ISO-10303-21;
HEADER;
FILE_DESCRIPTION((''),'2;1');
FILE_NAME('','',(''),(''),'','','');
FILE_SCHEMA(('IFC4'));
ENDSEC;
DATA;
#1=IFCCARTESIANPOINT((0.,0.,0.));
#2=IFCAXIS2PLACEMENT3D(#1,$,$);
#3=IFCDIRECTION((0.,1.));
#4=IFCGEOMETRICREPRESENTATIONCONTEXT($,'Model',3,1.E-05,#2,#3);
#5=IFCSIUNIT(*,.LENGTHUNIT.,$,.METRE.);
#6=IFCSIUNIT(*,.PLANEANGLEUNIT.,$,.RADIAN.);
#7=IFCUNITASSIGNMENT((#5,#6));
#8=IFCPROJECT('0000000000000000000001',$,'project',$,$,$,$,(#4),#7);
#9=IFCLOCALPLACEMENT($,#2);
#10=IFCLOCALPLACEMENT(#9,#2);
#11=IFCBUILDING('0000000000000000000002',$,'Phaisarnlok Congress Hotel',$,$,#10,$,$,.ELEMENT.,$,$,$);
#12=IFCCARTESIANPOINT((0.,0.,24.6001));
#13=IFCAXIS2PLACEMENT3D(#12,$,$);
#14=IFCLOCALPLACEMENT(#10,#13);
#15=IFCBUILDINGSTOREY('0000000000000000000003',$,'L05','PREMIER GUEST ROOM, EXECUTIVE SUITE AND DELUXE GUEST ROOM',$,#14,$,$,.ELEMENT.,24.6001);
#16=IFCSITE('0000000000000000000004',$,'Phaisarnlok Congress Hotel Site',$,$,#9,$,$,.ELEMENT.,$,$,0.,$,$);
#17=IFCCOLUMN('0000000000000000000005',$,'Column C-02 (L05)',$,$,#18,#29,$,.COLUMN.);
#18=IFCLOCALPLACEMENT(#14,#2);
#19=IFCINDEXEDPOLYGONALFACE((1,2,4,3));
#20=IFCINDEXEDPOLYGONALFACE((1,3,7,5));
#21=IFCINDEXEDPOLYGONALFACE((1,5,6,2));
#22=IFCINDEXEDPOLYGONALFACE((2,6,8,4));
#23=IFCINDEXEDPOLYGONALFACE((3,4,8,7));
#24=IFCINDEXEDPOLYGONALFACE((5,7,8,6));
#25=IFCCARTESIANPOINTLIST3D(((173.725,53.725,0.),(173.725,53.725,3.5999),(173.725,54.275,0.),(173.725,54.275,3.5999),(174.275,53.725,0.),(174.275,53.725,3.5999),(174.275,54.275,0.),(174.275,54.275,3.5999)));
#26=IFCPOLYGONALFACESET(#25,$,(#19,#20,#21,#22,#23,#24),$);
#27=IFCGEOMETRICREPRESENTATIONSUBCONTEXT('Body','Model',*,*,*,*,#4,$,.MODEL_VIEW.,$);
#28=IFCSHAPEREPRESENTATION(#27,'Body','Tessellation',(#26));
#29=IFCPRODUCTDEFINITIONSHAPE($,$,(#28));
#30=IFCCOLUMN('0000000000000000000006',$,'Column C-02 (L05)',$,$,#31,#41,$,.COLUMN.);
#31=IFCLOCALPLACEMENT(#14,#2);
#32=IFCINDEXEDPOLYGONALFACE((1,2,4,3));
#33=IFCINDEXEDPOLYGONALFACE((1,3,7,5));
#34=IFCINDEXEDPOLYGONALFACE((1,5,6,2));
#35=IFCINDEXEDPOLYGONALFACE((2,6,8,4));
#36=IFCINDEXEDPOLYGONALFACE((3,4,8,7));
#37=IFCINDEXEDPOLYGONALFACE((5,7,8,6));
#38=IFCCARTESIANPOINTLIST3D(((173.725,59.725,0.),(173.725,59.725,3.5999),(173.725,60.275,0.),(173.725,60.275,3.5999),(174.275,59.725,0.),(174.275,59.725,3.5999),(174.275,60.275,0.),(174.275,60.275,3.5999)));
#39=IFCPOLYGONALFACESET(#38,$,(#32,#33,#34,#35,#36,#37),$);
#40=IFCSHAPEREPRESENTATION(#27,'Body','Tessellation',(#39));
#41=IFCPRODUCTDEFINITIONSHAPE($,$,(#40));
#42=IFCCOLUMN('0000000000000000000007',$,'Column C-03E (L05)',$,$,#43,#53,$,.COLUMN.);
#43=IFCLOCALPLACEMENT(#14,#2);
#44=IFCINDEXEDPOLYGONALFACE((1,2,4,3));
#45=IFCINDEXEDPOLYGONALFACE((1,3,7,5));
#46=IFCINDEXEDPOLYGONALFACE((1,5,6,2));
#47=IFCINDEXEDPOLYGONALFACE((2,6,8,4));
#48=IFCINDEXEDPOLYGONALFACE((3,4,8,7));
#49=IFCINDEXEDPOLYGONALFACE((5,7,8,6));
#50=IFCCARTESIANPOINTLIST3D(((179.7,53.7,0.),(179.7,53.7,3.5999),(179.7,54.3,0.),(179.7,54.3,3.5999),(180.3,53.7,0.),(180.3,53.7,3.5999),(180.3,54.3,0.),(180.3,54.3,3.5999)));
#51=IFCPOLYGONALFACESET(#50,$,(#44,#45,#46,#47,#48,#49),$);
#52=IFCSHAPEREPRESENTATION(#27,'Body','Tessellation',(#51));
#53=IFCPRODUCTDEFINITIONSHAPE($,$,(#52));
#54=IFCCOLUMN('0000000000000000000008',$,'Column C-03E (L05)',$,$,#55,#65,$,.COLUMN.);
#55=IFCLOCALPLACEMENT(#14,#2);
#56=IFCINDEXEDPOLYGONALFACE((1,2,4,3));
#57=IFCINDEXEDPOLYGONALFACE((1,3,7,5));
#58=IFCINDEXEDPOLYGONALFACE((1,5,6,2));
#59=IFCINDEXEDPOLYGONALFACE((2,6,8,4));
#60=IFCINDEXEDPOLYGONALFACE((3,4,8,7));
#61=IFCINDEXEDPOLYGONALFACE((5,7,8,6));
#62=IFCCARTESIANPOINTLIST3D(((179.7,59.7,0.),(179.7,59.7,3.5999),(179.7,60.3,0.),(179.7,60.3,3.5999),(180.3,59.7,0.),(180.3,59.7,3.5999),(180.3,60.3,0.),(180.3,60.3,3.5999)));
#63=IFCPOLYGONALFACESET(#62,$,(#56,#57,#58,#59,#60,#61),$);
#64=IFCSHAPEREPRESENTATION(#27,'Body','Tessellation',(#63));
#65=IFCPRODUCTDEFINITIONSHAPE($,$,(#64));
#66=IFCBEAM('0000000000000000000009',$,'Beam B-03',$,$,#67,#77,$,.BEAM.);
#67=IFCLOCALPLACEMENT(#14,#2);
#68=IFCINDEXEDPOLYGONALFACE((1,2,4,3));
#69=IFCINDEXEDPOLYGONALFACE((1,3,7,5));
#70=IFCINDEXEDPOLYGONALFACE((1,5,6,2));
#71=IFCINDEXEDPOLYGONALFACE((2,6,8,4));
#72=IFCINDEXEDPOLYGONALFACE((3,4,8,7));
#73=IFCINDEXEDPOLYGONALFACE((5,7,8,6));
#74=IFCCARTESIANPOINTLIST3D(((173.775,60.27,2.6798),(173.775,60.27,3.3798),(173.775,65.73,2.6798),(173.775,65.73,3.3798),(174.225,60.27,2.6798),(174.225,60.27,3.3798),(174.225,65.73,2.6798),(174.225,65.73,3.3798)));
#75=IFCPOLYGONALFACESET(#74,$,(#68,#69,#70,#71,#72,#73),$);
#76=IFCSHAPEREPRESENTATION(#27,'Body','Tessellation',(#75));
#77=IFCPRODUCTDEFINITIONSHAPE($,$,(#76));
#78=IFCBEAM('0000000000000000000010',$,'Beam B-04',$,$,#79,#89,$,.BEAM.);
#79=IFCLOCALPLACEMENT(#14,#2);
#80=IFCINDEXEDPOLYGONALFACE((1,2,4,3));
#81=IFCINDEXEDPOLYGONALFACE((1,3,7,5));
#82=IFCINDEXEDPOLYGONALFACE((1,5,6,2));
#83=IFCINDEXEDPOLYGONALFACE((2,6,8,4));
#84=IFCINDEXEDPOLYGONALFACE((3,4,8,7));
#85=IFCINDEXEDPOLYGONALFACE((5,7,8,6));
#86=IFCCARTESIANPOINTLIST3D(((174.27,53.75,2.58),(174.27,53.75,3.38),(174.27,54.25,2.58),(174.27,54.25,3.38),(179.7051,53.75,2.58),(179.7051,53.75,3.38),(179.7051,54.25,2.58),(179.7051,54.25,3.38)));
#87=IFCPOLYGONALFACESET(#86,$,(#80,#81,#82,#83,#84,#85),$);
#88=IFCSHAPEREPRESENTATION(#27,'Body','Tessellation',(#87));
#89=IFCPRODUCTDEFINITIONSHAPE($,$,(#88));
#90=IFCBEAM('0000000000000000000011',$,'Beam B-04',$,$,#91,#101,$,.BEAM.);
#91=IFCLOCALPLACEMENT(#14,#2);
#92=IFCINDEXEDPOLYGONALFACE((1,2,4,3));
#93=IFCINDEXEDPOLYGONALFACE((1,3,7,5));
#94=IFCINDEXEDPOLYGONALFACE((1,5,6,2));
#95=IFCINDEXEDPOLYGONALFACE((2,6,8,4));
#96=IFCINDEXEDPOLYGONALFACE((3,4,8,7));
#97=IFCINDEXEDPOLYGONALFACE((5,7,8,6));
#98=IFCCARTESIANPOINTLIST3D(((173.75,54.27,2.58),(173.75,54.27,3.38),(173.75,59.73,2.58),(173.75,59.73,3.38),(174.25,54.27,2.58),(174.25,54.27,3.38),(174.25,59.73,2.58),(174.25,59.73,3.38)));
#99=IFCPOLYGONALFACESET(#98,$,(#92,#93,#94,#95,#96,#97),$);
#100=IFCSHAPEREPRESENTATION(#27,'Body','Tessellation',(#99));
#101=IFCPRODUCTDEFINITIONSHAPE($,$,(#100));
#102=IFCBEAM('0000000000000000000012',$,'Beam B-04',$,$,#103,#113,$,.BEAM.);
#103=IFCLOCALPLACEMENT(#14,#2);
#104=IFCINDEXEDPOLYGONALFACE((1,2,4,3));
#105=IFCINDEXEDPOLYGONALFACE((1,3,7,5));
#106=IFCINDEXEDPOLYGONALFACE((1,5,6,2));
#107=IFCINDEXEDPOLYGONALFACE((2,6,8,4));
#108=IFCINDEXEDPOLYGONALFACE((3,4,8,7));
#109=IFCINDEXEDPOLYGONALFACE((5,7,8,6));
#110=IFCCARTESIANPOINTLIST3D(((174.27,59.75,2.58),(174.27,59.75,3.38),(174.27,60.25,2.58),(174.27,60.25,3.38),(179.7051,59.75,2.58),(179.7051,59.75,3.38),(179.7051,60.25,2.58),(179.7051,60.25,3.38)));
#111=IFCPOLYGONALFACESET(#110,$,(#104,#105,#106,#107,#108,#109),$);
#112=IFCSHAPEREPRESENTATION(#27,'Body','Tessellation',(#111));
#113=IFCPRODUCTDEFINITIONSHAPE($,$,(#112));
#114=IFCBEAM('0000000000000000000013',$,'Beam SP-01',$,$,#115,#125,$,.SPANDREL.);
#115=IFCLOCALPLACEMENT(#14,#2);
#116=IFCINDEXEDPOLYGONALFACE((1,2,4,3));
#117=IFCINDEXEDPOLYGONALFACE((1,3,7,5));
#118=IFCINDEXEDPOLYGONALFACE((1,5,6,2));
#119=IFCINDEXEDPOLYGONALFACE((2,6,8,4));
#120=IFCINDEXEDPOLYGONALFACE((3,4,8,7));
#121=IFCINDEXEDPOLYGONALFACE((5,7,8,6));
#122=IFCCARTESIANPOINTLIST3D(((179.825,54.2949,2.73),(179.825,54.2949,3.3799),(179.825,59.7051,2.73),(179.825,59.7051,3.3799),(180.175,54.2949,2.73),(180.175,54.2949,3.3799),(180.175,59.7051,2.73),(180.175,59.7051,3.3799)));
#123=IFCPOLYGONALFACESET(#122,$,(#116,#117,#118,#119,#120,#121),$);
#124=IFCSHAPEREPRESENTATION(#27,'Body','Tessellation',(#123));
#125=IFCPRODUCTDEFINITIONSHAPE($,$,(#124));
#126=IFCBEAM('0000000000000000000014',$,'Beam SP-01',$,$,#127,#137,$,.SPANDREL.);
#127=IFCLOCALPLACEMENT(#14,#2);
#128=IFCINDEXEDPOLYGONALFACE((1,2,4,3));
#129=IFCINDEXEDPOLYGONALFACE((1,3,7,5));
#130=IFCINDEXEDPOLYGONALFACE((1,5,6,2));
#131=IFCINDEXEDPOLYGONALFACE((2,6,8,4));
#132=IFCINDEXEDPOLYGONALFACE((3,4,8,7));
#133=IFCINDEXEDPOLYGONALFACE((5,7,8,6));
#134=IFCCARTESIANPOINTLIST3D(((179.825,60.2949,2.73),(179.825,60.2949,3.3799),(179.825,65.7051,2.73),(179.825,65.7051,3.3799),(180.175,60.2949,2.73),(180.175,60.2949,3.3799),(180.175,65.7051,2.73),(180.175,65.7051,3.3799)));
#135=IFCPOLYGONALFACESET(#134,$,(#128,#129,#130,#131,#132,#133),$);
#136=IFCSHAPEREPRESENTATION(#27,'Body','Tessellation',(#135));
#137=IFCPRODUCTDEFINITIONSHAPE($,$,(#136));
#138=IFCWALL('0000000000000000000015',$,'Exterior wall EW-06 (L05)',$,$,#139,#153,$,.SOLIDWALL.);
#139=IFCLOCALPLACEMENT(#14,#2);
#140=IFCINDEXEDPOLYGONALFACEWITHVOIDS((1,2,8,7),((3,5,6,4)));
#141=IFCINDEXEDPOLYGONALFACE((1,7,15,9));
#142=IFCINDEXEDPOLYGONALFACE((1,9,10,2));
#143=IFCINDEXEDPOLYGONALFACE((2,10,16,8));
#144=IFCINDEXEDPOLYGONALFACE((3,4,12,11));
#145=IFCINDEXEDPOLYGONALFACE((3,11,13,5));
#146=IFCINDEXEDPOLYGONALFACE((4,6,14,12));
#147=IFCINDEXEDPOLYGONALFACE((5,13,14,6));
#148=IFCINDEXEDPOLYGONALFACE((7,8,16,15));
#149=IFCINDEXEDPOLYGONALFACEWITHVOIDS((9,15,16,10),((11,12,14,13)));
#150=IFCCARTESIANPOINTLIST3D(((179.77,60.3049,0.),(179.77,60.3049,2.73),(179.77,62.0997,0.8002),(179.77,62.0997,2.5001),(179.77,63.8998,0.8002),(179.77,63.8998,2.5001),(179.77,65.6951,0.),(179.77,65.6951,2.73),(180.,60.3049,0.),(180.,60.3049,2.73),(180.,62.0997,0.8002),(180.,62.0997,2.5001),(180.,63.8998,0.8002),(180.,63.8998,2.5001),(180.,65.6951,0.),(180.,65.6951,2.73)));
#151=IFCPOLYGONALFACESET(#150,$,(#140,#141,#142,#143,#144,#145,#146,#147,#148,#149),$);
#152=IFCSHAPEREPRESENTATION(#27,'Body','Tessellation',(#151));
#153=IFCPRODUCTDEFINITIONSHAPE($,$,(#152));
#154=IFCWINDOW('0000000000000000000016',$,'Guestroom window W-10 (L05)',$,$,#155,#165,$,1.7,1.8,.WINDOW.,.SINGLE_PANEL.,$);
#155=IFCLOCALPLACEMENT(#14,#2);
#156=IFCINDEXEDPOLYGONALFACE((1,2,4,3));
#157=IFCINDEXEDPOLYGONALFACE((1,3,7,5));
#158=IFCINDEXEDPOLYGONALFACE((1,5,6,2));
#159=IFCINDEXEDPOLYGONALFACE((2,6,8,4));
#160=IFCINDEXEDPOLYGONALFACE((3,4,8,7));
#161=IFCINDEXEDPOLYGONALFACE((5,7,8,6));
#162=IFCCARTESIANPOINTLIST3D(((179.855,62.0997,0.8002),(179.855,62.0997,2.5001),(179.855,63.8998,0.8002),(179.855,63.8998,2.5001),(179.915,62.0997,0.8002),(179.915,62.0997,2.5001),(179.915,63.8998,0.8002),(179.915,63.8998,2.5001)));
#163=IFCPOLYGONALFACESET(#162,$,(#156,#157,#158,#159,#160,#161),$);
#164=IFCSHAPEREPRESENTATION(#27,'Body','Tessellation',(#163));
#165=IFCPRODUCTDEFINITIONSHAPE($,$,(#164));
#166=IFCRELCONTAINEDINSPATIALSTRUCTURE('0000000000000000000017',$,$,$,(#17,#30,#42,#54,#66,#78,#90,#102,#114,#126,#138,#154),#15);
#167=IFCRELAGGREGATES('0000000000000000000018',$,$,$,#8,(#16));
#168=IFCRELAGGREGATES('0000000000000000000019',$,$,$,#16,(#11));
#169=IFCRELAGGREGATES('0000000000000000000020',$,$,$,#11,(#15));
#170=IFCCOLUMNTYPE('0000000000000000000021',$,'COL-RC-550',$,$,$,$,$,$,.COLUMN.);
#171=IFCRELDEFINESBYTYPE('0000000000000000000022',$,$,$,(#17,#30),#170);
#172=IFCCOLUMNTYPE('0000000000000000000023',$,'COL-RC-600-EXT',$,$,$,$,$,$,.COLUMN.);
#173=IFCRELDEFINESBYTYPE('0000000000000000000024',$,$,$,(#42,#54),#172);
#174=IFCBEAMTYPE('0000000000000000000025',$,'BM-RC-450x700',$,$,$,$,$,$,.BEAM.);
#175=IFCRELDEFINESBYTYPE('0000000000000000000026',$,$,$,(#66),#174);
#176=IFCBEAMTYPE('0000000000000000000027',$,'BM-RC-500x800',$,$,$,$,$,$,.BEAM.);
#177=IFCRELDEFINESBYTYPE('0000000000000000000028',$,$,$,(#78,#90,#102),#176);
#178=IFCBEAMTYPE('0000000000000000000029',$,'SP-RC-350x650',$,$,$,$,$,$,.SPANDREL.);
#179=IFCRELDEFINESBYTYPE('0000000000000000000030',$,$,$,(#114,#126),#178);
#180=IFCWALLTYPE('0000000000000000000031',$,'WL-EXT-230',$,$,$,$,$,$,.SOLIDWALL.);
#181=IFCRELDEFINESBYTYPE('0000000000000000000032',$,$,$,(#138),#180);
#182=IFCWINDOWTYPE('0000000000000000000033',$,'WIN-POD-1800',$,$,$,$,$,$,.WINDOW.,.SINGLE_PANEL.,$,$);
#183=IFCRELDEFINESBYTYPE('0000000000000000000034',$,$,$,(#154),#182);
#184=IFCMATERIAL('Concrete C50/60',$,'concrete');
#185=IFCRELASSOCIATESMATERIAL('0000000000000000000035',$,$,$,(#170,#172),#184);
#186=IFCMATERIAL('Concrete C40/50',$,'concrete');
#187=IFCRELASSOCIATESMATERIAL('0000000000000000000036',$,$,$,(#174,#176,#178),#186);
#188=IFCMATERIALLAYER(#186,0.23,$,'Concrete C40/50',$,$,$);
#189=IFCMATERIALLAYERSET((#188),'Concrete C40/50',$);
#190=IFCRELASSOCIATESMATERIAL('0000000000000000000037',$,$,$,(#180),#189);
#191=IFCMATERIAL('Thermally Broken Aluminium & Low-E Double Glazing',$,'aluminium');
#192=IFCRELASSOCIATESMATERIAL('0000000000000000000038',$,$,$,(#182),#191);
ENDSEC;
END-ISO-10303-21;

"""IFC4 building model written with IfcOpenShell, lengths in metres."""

from ifc_helpers import new_model, si_unit, direction, frame, frame_2d, origin, origin_2d, place, context, subcontext, project, spatial, rectangle, extrude, material, layer, layer_set, material_profile, profile_set, type_object, element, fill, save


model = new_model("IFC4")

# Units and contexts
model_context = context("Model", 3, precision=1e-05, world=origin(), true_north=direction((0.0, 1.0)))
body_context = subcontext(model_context, "Body", "Model", "MODEL_VIEW")
ifc_project = project(units=[si_unit("LENGTHUNIT", "METRE"), si_unit("PLANEANGLEUNIT", "RADIAN")], contexts=[model_context])

# Site, building, storey
site_placement = place(None, origin())
site = spatial("IfcSite", under=ifc_project, at=site_placement, Name="Phaisarnlok Congress Hotel Site", CompositionType="ELEMENT", RefElevation=0.0)
building_placement = place(site_placement, origin())
building = spatial("IfcBuilding", under=site, at=building_placement, Name="Phaisarnlok Congress Hotel", CompositionType="ELEMENT")
storey_placement = place(building_placement, frame((0.0, 0.0, 24.6001)))
storey = spatial("IfcBuildingStorey", under=building, at=storey_placement, Name="L05", Description="PREMIER GUEST ROOM, EXECUTIVE SUITE AND DELUXE GUEST ROOM", CompositionType="ELEMENT", Elevation=24.6001)

# Columns
ifc_material_1 = material(Name="Concrete C50/60", Category="concrete")
ifc_material_profile_1 = material_profile(ifc_material_1, rectangle(XDim=0.55, YDim=0.55, at=origin_2d()), Name="RC 550x550")
ifc_profile_set_1 = profile_set([ifc_material_profile_1], Name="Concrete C50/60")
column_type_1 = type_object("IfcColumnType", Name="COL-RC-550", PredefinedType="COLUMN", material=ifc_profile_set_1)
for number, where, z_axis, x_axis, name in (
    (1, (174.0, 54.0, 0.0), (0.0, 0.0, 1.0), (1.0, 0.0, 0.0), "Column C-02 (L05)"),
    (2, (174.0, 60.0, 0.0), (0.0, 0.0, 1.0), (1.0, 0.0, 0.0), "Column C-02 (L05)"),
):
    element("IfcColumn", number, at=place(storey_placement, frame(where, z_axis=z_axis, x_axis=x_axis)), inside=storey, type_object=column_type_1, Name=name, PredefinedType="COLUMN", context=body_context, shape_type="SweptSolid", body=[
        extrude(rectangle(XDim=0.55, YDim=0.55, at=origin_2d()), origin(), (0.0, 0.0, 1.0), 3.5999),
    ])
ifc_material_profile_2 = material_profile(ifc_material_1, rectangle(XDim=0.6001, YDim=0.6001, at=origin_2d()), Name="RC 600x600")
ifc_profile_set_2 = profile_set([ifc_material_profile_2], Name="Concrete C50/60")
column_type_2 = type_object("IfcColumnType", Name="COL-RC-600-EXT", PredefinedType="COLUMN", material=ifc_profile_set_2)
for number, where, z_axis, x_axis, name in (
    (3, (180.0, 54.0, 0.0), (0.0, 0.0, 1.0), (1.0, 0.0, 0.0), "Column C-03E (L05)"),
    (4, (180.0, 60.0, 0.0), (0.0, 0.0, 1.0), (1.0, 0.0, 0.0), "Column C-03E (L05)"),
):
    element("IfcColumn", number, at=place(storey_placement, frame(where, z_axis=z_axis, x_axis=x_axis)), inside=storey, type_object=column_type_2, Name=name, PredefinedType="COLUMN", context=body_context, shape_type="SweptSolid", body=[
        extrude(rectangle(XDim=0.6001, YDim=0.6001, at=origin_2d()), origin(), (0.0, 0.0, 1.0), 3.5999),
    ])

# Beams
ifc_material_2 = material(Name="Concrete C40/50", Category="concrete")
ifc_material_profile_3 = material_profile(ifc_material_2, rectangle(XDim=0.45, YDim=0.7, at=origin_2d()), Name="RC 450x700")
ifc_profile_set_3 = profile_set([ifc_material_profile_3], Name="Concrete C40/50")
beam_type_1 = type_object("IfcBeamType", Name="BM-RC-450x700", PredefinedType="BEAM", material=ifc_profile_set_3)
beam_1_placement = place(storey_placement, frame((174.0, 60.27, 3.0298), z_axis=(0.0, 1.0, 0.0), x_axis=(-1.0, 0.0, 0.0)))
element("IfcBeam", 5, at=beam_1_placement, inside=storey, type_object=beam_type_1, Name="Beam B-03", PredefinedType="BEAM", context=body_context, shape_type="SweptSolid", body=[
    extrude(rectangle(XDim=0.45, YDim=0.7, at=origin_2d()), origin(), (0.0, 0.0, 1.0), 5.46),
])
ifc_material_profile_4 = material_profile(ifc_material_2, rectangle(XDim=0.5, YDim=0.8, at=origin_2d()), Name="RC 500x800")
ifc_profile_set_4 = profile_set([ifc_material_profile_4], Name="Concrete C40/50")
beam_type_2 = type_object("IfcBeamType", Name="BM-RC-500x800", PredefinedType="BEAM", material=ifc_profile_set_4)
beam_2_placement = place(storey_placement, frame((174.27, 54.0, 2.98), z_axis=(1.0, 0.0, 0.0), x_axis=(0.0, 1.0, 0.0)))
element("IfcBeam", 6, at=beam_2_placement, inside=storey, type_object=beam_type_2, Name="Beam B-04", PredefinedType="BEAM", context=body_context, shape_type="SweptSolid", body=[
    extrude(rectangle(XDim=0.5, YDim=0.8, at=origin_2d()), origin(), (0.0, 0.0, 1.0), 5.4351),
])
beam_3_placement = place(storey_placement, frame((174.0, 54.27, 2.98), z_axis=(0.0, 1.0, 0.0), x_axis=(-1.0, 0.0, 0.0)))
element("IfcBeam", 7, at=beam_3_placement, inside=storey, type_object=beam_type_2, Name="Beam B-04", PredefinedType="BEAM", context=body_context, shape_type="SweptSolid", body=[
    extrude(rectangle(XDim=0.5, YDim=0.8, at=origin_2d()), origin(), (0.0, 0.0, 1.0), 5.46),
])
beam_4_placement = place(storey_placement, frame((174.27, 60.0, 2.98), z_axis=(1.0, 0.0, 0.0), x_axis=(0.0, 1.0, 0.0)))
element("IfcBeam", 8, at=beam_4_placement, inside=storey, type_object=beam_type_2, Name="Beam B-04", PredefinedType="BEAM", context=body_context, shape_type="SweptSolid", body=[
    extrude(rectangle(XDim=0.5, YDim=0.8, at=origin_2d()), origin(), (0.0, 0.0, 1.0), 5.4351),
])
ifc_material_profile_5 = material_profile(ifc_material_2, rectangle(XDim=0.3501, YDim=0.6499, at=origin_2d()), Name="RC 350x650")
ifc_profile_set_5 = profile_set([ifc_material_profile_5], Name="Concrete C40/50")
beam_type_3 = type_object("IfcBeamType", Name="SP-RC-350x650", PredefinedType="SPANDREL", material=ifc_profile_set_5)
for number, where, z_axis, x_axis, name in (
    (9, (180.0, 54.2949, 3.0549), (0.0, 1.0, 0.0), (-1.0, 0.0, 0.0), "Beam SP-01"),
    (10, (180.0, 60.2949, 3.0549), (0.0, 1.0, 0.0), (-1.0, 0.0, 0.0), "Beam SP-01"),
):
    element("IfcBeam", number, at=place(storey_placement, frame(where, z_axis=z_axis, x_axis=x_axis)), inside=storey, type_object=beam_type_3, Name=name, PredefinedType="SPANDREL", context=body_context, shape_type="SweptSolid", body=[
        extrude(rectangle(XDim=0.3501, YDim=0.6499, at=origin_2d()), origin(), (0.0, 0.0, 1.0), 5.4102),
    ])

# Wall, opening, window
ifc_layer_1 = layer(ifc_material_2, 0.23, Name="Concrete C40/50")
ifc_layer_set_1 = layer_set([ifc_layer_1], Name="Concrete C40/50")
wall_type_1 = type_object("IfcWallType", Name="WL-EXT-230", PredefinedType="SOLIDWALL", material=ifc_layer_set_1)
wall_1_placement = place(storey_placement, frame((179.885, 60.3049, 0.0), z_axis=(0.0, 0.0, 1.0), x_axis=(0.0, 1.0, 0.0)))
wall_1 = element("IfcWall", 11, at=wall_1_placement, inside=storey, type_object=wall_type_1, Name="Exterior wall EW-06 (L05)", PredefinedType="SOLIDWALL", context=body_context, shape_type="SweptSolid", body=[
    extrude(rectangle(XDim=5.3901, YDim=0.23, at=frame_2d((2.6951, 0.0))), origin(), (0.0, 0.0, 1.0), 2.73),
])
opening_1_placement = place(wall_1_placement, frame((1.7949, 0.0, 0.8)))
opening_1 = element("IfcOpeningElement", 12, at=opening_1_placement, cuts=wall_1, PredefinedType="OPENING", context=body_context, shape_type="SweptSolid", body=[
    extrude(rectangle(XDim=1.8, YDim=1.7, at=frame_2d((0.8999, 0.8501))), frame((0.0, 0.125, 0.0), z_axis=(0.0, -1.0, 0.0), x_axis=(1.0, 0.0, 0.0)), (0.0, 0.0, 1.0), 0.25),
])
ifc_material_3 = material(Name="Thermally Broken Aluminium & Low-E Double Glazing", Category="aluminium")
window_type_1 = type_object("IfcWindowType", Name="WIN-POD-1800", PartitioningType="SINGLE_PANEL", PredefinedType="WINDOW", material=ifc_material_3)
window_1_placement = place(opening_1_placement, origin())
window_1 = element("IfcWindow", 13, at=window_1_placement, inside=storey, type_object=window_type_1, Name="Guestroom window W-10 (L05)", OverallHeight=1.7, OverallWidth=1.8, PartitioningType="SINGLE_PANEL", PredefinedType="WINDOW", context=body_context, shape_type="SweptSolid", body=[
    extrude(rectangle(XDim=1.8, YDim=1.7, at=frame_2d((0.8999, 0.8501))), frame((0.0, 0.03, 0.0), z_axis=(0.0, -1.0, 0.0), x_axis=(1.0, 0.0, 0.0)), (0.0, 0.0, 1.0), 0.0601),
])
fill(opening_1, window_1)

save(model, "model.ifc")
